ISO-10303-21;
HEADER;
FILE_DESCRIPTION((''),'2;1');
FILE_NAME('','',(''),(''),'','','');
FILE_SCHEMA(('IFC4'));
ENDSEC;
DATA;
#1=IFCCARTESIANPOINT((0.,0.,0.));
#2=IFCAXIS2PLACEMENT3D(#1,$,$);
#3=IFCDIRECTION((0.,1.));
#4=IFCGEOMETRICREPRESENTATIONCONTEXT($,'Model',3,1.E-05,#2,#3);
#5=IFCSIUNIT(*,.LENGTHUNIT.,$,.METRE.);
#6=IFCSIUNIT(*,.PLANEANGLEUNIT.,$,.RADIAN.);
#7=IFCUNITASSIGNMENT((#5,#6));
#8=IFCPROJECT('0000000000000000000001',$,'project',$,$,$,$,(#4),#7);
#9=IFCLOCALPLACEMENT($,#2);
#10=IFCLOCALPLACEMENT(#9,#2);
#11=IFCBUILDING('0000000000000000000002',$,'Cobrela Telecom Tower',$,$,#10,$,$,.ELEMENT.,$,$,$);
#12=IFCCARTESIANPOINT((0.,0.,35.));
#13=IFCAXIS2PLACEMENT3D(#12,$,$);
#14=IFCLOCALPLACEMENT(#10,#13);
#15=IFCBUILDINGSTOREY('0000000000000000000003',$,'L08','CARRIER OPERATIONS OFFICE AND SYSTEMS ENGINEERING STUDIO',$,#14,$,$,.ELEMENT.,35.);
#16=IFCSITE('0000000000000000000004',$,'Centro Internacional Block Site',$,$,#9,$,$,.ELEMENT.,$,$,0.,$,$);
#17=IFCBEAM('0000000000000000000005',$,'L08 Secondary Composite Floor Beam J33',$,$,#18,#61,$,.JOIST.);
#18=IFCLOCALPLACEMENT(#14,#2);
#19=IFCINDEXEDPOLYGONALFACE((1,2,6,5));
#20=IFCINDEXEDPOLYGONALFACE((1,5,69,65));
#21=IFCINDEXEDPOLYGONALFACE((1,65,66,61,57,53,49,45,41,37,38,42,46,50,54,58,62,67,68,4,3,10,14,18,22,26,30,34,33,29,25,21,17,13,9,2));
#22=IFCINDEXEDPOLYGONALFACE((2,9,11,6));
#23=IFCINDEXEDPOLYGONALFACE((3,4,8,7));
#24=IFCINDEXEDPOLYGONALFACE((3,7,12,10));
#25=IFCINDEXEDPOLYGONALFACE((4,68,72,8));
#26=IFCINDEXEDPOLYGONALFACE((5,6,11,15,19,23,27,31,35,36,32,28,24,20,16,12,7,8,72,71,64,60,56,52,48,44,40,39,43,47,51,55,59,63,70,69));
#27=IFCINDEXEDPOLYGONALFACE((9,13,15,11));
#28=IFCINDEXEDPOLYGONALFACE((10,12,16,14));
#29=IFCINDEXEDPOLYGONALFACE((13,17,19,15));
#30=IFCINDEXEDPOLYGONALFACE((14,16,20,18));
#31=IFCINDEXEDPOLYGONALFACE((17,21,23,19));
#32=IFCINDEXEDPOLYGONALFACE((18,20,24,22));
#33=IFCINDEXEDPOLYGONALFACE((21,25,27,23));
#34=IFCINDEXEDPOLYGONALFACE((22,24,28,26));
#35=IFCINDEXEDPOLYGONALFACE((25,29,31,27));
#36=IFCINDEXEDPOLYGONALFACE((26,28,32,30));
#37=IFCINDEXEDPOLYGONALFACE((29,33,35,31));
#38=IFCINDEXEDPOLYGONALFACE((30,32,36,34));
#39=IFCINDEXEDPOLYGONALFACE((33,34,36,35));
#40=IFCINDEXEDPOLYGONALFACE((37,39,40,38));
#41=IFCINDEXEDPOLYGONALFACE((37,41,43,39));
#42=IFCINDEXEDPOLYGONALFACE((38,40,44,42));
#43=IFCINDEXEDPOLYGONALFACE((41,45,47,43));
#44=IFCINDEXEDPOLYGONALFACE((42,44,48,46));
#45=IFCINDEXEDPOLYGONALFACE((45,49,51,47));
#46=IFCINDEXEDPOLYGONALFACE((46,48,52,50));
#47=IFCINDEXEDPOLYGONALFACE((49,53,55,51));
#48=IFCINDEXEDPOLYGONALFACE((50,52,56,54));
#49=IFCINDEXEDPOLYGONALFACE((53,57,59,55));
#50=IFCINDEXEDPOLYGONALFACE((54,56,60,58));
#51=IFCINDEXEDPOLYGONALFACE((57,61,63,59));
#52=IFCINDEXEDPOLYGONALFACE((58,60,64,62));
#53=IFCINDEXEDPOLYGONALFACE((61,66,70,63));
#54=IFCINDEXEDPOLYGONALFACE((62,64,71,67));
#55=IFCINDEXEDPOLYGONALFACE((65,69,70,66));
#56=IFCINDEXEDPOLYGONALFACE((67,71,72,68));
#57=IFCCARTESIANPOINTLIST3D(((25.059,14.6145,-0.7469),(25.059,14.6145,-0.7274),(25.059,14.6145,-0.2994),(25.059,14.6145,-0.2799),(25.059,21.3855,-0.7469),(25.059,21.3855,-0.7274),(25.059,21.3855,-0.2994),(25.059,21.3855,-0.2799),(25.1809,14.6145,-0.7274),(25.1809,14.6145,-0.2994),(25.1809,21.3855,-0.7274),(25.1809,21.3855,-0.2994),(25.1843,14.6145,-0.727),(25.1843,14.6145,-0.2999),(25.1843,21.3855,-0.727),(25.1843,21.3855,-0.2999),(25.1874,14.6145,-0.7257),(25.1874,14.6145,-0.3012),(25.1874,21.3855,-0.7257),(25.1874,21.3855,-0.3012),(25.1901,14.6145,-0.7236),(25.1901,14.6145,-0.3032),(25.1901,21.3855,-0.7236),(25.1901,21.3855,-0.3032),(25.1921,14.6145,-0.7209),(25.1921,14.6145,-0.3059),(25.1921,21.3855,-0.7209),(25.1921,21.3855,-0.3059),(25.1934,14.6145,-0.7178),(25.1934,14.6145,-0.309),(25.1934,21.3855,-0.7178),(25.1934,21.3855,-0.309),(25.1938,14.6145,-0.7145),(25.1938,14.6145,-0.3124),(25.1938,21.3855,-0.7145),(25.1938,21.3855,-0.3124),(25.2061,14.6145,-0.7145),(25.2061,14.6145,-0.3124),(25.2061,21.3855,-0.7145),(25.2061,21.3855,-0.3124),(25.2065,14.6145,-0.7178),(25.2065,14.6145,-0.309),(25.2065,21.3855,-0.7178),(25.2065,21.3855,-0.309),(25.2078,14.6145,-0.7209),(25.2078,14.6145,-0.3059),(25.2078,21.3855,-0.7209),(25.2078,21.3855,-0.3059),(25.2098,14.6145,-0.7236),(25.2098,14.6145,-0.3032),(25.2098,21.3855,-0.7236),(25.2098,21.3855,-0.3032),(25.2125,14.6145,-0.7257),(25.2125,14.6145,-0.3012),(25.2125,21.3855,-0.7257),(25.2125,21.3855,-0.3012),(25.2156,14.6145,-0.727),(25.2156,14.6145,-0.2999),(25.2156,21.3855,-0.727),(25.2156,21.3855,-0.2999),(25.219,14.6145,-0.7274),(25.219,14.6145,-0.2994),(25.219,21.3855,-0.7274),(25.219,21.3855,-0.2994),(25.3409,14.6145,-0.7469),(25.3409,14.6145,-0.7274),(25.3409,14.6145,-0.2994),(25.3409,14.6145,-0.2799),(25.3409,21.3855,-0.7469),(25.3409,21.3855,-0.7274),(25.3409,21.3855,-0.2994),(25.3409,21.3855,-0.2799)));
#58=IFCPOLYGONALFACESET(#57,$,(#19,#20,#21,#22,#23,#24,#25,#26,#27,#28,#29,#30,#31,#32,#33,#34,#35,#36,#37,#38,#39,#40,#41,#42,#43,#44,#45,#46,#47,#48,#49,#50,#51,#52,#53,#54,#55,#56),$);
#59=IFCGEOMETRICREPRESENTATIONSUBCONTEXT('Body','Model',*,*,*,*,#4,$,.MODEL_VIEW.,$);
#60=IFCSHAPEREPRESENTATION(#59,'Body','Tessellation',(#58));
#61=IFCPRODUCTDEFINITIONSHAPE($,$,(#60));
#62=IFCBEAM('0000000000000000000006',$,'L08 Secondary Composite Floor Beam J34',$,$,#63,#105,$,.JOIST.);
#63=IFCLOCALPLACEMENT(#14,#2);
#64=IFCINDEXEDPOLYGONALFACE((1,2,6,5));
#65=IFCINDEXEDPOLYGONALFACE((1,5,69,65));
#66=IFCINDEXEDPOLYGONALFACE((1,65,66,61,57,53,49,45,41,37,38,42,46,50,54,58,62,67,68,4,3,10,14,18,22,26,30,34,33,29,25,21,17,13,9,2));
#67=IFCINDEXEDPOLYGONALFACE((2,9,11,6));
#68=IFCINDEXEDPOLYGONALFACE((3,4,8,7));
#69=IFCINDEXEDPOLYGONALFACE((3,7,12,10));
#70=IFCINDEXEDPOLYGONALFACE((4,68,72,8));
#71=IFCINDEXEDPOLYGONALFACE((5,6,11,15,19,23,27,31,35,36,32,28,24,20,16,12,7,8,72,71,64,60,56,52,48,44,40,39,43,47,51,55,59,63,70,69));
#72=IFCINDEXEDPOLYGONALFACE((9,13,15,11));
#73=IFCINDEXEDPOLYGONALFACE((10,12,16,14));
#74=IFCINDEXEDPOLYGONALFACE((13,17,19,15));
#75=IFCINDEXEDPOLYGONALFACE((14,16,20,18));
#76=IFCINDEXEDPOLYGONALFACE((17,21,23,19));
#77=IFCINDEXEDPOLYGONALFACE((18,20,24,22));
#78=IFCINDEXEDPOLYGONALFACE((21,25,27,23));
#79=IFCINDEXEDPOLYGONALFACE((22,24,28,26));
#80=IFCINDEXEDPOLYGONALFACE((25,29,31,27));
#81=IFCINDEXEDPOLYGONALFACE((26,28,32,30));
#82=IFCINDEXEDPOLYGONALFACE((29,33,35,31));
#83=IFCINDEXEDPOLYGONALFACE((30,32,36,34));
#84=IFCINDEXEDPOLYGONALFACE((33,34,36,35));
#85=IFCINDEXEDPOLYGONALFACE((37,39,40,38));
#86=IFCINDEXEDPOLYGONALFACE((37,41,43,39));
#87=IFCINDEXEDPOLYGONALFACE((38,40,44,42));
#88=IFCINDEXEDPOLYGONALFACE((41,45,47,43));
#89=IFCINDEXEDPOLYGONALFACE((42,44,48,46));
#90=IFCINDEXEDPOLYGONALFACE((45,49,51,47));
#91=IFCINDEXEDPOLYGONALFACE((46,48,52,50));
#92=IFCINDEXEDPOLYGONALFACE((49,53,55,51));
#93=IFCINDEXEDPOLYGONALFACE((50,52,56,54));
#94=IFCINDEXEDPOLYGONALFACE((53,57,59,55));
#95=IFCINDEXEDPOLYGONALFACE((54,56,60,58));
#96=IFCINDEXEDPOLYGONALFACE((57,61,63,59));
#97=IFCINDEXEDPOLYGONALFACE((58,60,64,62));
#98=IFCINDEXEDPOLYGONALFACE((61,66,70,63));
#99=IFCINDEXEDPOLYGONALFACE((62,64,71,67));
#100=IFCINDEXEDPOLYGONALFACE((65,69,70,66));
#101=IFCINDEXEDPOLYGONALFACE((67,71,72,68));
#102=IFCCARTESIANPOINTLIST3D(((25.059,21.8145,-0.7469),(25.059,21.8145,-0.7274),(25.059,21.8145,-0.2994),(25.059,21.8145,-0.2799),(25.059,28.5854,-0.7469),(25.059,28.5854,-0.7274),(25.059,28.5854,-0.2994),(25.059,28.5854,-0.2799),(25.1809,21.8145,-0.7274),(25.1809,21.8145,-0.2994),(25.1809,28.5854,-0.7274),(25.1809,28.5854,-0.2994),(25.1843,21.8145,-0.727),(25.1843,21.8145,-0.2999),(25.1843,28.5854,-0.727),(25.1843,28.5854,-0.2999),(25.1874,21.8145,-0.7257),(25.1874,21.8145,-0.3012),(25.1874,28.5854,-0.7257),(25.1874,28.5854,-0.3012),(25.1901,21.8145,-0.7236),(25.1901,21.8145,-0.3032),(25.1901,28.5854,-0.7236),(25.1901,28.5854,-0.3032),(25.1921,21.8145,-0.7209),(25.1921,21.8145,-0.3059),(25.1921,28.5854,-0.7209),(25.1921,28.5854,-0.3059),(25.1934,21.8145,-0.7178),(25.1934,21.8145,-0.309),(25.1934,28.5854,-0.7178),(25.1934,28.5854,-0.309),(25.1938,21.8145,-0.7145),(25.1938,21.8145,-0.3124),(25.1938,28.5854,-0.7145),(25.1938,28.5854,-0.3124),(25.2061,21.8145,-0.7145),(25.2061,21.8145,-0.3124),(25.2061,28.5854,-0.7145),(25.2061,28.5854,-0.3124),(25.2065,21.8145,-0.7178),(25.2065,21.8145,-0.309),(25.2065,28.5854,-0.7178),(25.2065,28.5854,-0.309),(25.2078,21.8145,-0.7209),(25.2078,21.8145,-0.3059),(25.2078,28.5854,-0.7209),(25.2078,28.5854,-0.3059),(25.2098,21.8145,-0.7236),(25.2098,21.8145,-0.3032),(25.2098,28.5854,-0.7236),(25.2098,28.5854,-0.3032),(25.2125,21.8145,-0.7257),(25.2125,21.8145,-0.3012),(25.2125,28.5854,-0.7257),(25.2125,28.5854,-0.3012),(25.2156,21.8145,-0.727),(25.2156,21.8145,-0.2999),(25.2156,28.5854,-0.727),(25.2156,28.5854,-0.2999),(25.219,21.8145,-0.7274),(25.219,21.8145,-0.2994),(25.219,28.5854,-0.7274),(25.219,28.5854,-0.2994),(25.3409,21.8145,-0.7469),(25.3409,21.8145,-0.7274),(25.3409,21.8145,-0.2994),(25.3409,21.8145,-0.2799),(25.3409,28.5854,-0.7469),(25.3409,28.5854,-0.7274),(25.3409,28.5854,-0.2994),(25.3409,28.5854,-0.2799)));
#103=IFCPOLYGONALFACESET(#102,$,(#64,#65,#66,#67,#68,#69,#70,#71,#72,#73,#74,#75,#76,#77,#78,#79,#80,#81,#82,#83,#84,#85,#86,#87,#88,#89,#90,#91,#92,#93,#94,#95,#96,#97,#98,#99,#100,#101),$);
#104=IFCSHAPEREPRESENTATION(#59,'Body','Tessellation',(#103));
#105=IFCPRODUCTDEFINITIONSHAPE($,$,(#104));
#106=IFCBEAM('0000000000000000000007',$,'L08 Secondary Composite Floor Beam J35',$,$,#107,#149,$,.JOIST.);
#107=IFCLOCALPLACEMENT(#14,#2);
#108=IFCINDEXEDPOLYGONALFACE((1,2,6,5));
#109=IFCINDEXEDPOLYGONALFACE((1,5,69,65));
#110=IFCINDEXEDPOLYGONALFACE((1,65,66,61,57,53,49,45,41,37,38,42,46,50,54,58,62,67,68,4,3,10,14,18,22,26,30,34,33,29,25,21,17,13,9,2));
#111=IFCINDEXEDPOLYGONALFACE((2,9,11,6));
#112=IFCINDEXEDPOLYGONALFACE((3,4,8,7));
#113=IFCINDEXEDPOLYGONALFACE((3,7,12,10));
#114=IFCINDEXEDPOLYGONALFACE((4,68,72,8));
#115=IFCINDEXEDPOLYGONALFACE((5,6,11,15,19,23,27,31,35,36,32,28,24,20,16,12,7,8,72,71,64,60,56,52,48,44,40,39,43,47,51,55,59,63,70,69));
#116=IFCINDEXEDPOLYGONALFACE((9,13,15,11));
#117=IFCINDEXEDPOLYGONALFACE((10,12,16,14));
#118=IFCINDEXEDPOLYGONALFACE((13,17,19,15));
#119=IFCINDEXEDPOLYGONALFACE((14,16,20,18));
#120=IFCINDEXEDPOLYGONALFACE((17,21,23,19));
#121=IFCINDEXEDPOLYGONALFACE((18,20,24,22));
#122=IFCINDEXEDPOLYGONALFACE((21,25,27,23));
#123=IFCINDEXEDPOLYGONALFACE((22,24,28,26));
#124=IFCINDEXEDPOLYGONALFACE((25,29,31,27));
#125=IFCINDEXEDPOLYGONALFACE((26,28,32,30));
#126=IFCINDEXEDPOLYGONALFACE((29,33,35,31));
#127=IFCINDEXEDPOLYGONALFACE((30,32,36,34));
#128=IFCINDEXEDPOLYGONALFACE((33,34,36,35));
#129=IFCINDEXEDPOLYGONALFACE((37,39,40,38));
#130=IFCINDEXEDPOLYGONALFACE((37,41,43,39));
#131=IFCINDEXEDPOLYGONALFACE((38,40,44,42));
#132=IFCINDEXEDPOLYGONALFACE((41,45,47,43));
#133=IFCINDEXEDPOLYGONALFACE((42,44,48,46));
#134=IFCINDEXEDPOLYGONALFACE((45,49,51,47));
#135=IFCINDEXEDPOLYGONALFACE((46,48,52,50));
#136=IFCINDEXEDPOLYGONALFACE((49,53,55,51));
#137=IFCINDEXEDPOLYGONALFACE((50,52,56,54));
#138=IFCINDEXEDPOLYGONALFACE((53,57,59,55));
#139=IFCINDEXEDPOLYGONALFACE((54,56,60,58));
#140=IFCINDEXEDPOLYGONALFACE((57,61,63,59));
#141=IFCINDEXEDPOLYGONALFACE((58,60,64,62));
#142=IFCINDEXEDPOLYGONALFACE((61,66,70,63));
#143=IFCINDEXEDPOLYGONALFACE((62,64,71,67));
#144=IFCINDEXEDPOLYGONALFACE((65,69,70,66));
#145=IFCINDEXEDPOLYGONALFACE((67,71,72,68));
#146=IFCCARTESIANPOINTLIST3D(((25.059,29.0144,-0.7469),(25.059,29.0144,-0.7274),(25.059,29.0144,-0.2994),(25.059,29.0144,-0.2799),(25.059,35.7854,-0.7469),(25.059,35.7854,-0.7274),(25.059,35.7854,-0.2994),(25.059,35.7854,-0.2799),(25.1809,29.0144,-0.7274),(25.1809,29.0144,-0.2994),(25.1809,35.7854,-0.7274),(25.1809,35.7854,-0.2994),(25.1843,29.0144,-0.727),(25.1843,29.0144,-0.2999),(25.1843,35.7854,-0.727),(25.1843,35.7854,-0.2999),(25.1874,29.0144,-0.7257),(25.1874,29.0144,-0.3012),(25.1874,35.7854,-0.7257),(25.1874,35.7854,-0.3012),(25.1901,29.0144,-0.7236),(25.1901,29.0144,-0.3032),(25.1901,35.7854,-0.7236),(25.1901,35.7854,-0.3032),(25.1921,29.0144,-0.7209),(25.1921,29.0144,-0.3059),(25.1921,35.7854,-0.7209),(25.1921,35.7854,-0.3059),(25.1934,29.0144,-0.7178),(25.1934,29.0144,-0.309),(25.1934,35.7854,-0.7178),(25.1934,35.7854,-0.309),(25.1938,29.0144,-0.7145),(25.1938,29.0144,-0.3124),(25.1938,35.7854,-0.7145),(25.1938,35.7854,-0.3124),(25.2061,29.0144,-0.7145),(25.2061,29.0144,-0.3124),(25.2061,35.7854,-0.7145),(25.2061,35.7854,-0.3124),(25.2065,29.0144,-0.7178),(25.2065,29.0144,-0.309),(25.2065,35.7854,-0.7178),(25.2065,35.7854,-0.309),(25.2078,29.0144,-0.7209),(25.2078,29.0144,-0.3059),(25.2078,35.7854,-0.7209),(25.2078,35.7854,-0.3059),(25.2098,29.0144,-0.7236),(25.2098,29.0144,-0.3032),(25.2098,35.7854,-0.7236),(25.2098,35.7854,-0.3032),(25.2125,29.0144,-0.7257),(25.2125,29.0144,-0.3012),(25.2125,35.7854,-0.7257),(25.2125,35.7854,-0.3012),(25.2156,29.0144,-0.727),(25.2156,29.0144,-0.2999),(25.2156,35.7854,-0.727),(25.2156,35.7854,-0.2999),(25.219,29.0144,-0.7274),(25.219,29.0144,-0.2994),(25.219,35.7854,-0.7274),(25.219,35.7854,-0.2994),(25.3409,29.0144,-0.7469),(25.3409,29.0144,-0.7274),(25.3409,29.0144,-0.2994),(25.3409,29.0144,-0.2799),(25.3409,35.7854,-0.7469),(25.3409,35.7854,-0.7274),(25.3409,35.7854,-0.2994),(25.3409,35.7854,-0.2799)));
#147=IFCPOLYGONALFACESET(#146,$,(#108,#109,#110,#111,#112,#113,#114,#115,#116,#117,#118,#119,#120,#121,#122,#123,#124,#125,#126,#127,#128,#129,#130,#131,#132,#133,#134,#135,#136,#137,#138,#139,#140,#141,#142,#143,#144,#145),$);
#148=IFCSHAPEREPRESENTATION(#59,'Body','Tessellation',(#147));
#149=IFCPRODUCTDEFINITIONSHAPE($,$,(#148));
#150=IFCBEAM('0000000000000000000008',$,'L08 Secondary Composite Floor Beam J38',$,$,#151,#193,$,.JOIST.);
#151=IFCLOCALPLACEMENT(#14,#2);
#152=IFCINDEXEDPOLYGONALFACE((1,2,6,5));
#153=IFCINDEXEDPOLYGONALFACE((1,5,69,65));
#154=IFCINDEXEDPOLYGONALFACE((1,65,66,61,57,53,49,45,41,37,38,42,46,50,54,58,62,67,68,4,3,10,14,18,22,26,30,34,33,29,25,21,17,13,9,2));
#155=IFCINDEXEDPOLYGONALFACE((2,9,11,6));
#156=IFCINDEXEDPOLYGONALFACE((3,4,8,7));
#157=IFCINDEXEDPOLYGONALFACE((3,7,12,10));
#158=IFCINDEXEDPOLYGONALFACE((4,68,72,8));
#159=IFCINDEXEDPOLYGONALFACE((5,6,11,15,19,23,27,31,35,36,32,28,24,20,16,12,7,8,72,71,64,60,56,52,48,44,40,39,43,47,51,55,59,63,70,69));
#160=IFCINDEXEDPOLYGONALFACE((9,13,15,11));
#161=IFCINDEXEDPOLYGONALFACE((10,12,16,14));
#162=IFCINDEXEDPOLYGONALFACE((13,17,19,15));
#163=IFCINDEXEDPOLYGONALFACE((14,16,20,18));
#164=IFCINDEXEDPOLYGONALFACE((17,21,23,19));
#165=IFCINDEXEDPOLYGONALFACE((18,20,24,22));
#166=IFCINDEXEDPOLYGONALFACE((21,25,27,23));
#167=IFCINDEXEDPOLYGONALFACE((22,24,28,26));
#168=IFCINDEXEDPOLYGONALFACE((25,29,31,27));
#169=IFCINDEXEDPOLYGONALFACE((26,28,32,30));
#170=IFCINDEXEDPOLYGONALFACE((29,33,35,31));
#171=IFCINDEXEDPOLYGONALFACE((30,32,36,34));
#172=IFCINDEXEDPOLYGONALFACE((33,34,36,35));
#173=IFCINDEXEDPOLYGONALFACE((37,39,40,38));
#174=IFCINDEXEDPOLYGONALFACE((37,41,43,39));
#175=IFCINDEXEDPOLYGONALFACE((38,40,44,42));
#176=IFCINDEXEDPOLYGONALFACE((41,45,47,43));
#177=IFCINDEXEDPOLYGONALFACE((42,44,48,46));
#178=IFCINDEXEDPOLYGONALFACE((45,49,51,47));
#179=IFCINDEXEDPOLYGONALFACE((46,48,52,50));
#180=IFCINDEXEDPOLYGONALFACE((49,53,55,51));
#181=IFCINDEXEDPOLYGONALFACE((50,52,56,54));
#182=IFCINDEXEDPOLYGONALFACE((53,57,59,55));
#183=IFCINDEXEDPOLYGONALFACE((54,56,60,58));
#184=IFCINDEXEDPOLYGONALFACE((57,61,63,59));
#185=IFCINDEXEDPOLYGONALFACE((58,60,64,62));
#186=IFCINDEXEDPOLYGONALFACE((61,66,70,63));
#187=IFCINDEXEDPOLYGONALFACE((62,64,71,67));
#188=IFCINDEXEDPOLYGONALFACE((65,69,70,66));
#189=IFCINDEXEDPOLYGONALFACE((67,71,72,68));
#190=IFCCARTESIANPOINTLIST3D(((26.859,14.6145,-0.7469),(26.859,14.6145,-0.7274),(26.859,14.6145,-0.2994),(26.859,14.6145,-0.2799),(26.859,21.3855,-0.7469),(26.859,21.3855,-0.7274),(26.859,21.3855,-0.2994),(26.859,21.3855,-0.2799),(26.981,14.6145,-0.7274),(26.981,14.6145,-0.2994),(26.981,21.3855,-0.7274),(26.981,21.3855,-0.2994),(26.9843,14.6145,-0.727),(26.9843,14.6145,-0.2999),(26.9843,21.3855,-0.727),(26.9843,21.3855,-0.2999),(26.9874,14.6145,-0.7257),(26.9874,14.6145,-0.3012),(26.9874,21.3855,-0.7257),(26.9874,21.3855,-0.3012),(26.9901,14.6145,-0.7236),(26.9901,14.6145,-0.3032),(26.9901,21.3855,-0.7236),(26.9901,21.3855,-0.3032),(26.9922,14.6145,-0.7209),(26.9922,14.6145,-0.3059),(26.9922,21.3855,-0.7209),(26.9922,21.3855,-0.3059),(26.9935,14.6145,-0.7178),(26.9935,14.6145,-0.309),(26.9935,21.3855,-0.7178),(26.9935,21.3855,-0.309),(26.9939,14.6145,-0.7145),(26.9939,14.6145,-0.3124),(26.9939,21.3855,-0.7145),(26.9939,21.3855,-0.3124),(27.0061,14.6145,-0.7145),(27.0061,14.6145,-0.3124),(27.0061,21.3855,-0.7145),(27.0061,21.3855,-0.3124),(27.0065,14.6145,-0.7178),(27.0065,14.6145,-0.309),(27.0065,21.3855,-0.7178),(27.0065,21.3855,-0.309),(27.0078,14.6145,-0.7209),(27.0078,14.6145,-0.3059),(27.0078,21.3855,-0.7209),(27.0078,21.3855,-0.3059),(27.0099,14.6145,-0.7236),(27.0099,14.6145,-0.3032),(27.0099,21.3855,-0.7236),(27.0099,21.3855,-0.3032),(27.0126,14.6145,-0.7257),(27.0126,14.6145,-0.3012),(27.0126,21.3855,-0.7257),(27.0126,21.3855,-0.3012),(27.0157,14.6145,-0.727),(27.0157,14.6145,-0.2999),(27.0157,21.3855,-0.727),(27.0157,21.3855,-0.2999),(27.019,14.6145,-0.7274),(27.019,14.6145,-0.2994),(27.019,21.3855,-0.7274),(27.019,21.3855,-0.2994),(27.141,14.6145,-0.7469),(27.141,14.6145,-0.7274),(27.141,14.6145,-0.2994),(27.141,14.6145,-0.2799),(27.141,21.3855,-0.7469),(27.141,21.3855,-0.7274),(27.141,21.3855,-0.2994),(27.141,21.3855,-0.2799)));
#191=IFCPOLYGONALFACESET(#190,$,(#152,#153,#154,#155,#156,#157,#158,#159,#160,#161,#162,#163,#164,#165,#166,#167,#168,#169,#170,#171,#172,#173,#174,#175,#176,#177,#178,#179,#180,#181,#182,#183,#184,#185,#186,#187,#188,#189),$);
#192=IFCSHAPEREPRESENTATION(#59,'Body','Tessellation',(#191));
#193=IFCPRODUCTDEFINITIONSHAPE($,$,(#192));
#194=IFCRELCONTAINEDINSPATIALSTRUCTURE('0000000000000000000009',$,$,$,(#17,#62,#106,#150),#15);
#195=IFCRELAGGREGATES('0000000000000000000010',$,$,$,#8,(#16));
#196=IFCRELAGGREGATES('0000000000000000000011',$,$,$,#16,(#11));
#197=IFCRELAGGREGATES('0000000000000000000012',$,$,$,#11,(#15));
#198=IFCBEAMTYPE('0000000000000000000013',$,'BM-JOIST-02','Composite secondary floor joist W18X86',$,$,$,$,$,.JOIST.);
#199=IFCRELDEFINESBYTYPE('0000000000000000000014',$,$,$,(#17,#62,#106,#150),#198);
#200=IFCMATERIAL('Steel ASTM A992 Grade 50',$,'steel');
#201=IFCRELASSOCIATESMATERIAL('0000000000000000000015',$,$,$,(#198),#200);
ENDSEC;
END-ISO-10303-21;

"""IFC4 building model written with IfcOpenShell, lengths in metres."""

from ifc_helpers import new_model, si_unit, direction, frame, origin, origin_2d, place, context, subcontext, project, spatial, i_section, extrude, material, material_profile, profile_set, type_object, element, save


model = new_model("IFC4")

# Units and contexts
model_context = context("Model", 3, precision=1e-05, world=origin(), true_north=direction((0.0, 1.0)))
body_context = subcontext(model_context, "Body", "Model", "MODEL_VIEW")
ifc_project = project(units=[si_unit("LENGTHUNIT", "METRE"), si_unit("PLANEANGLEUNIT", "RADIAN")], contexts=[model_context])

# Site, building, storey
site_placement = place(None, origin())
site = spatial("IfcSite", under=ifc_project, at=site_placement, Name="Centro Internacional Block Site", CompositionType="ELEMENT", RefElevation=0.0)
building_placement = place(site_placement, origin())
building = spatial("IfcBuilding", under=site, at=building_placement, Name="Cobrela Telecom Tower", CompositionType="ELEMENT")
storey_placement = place(building_placement, frame((0.0, 0.0, 35.0)))
storey = spatial("IfcBuildingStorey", under=building, at=storey_placement, Name="L08", Description="CARRIER OPERATIONS OFFICE AND SYSTEMS ENGINEERING STUDIO", CompositionType="ELEMENT", Elevation=35.0)

# Shared definitions
ifc_material_1 = material(Name="Steel ASTM A992 Grade 50", Category="steel")

# Beams
ifc_material_profile_1 = material_profile(ifc_material_1, i_section(OverallWidth=0.282, OverallDepth=0.467, WebThickness=0.0122, FlangeThickness=0.0195, FilletRadius=0.0129, at=origin_2d()), Name="W18X86")
ifc_profile_set_1 = profile_set([ifc_material_profile_1], Name="Steel ASTM A992 Grade 50")
beam_type_1 = type_object("IfcBeamType", Name="BM-JOIST-02", Description="Composite secondary floor joist W18X86", PredefinedType="JOIST", material=ifc_profile_set_1)
for number, where, z_axis, x_axis, name in (
    (1, (25.2, 14.6145, -0.5134), (0.0, 1.0, 0.0), (-1.0, 0.0, 0.0), "L08 Secondary Composite Floor Beam J33"),
    (2, (25.2, 21.8145, -0.5134), (0.0, 1.0, 0.0), (-1.0, 0.0, 0.0), "L08 Secondary Composite Floor Beam J34"),
    (3, (25.2, 29.0144, -0.5134), (0.0, 1.0, 0.0), (-1.0, 0.0, 0.0), "L08 Secondary Composite Floor Beam J35"),
    (4, (27.0, 14.6145, -0.5134), (0.0, 1.0, 0.0), (-1.0, 0.0, 0.0), "L08 Secondary Composite Floor Beam J38"),
):
    element("IfcBeam", number, at=place(storey_placement, frame(where, z_axis=z_axis, x_axis=x_axis)), inside=storey, type_object=beam_type_1, Name=name, PredefinedType="JOIST", context=body_context, shape_type="SweptSolid", body=[
        extrude(i_section(OverallWidth=0.282, OverallDepth=0.467, WebThickness=0.0122, FlangeThickness=0.0195, FilletRadius=0.0129, at=origin_2d()), origin(), (0.0, 0.0, 1.0), 6.771),
    ])

save(model, "model.ifc")
